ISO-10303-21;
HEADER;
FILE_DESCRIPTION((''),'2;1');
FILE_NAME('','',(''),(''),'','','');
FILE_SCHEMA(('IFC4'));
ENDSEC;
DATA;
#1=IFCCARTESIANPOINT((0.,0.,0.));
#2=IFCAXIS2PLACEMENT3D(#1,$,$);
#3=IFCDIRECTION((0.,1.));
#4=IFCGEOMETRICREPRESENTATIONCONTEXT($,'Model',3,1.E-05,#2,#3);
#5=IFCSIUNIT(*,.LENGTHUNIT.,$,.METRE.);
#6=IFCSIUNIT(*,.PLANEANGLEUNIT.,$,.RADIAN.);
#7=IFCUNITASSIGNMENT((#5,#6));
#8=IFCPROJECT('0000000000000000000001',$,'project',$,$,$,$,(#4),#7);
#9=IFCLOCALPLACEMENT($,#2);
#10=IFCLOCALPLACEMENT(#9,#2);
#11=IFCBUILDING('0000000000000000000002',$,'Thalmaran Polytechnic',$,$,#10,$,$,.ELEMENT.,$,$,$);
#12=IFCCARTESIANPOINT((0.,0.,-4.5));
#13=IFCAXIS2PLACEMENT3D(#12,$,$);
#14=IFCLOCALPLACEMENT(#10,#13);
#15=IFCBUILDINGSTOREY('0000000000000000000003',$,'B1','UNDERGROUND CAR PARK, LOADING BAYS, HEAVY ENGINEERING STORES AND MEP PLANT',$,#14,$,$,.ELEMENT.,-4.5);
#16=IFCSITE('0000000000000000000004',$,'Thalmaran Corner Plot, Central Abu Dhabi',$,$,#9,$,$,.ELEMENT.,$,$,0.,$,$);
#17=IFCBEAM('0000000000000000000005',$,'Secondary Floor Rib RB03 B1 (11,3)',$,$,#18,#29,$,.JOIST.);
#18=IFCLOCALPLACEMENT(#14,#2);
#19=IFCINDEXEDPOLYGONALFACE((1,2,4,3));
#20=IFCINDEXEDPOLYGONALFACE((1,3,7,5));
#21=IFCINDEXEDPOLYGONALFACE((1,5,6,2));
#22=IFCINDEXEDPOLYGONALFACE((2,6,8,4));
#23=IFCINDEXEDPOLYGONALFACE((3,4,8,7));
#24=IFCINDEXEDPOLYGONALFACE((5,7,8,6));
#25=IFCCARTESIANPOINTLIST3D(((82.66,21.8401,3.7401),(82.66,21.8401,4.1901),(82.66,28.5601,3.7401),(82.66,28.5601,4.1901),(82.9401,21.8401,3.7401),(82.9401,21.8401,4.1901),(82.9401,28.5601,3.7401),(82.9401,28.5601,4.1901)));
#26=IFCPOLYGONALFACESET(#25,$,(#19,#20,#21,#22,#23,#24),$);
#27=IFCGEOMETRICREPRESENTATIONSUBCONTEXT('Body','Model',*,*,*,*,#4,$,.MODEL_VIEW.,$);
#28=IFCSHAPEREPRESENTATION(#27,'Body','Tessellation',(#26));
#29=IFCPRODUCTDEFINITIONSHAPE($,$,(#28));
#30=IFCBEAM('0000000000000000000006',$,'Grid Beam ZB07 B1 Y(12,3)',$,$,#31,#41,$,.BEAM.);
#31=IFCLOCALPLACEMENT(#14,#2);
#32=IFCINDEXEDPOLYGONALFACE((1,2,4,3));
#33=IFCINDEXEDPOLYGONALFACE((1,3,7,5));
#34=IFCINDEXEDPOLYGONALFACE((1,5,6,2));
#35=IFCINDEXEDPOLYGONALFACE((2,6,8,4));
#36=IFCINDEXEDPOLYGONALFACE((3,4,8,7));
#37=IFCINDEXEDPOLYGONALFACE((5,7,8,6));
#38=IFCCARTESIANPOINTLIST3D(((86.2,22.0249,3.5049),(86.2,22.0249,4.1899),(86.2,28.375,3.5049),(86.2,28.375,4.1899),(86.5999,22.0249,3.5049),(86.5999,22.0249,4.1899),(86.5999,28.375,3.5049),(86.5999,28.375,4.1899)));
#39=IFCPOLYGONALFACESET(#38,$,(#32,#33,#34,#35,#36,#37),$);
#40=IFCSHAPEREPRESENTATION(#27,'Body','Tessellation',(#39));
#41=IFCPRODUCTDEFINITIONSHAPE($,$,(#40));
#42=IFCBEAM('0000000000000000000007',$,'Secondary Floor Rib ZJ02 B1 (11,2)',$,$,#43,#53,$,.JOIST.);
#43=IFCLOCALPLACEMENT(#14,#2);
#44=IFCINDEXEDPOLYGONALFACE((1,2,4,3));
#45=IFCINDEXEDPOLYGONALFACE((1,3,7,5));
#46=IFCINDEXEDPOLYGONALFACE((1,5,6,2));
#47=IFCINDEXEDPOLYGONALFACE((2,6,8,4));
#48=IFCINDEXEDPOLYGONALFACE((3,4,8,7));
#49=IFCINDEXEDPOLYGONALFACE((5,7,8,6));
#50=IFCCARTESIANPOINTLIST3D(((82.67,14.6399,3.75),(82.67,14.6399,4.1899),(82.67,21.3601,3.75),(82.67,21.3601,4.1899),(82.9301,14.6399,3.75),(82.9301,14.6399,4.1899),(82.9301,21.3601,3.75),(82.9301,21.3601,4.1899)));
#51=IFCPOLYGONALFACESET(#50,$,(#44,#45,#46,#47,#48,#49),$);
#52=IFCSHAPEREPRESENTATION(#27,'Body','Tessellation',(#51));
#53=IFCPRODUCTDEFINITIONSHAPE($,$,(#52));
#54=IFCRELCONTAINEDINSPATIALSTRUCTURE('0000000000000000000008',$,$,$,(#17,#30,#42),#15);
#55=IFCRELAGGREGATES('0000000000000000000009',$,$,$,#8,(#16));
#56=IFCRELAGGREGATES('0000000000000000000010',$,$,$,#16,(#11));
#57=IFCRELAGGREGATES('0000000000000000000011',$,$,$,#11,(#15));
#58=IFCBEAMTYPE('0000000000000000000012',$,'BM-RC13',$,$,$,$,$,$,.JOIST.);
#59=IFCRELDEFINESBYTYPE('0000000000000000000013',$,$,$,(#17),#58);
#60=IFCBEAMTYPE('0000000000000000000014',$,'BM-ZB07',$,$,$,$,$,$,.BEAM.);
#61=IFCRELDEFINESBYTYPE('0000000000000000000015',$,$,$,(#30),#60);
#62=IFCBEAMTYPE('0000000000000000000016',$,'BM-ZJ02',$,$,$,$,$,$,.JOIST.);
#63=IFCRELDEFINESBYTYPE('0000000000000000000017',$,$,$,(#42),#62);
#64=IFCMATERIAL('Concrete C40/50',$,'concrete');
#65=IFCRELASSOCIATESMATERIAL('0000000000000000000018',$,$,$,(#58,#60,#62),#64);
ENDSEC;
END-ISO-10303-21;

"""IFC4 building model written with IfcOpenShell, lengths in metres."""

from ifc_helpers import new_model, si_unit, direction, frame, origin, origin_2d, place, context, subcontext, project, spatial, rectangle, extrude, material, material_profile, profile_set, type_object, element, save


model = new_model("IFC4")

# Units and contexts
model_context = context("Model", 3, precision=1e-05, world=origin(), true_north=direction((0.0, 1.0)))
body_context = subcontext(model_context, "Body", "Model", "MODEL_VIEW")
ifc_project = project(units=[si_unit("LENGTHUNIT", "METRE"), si_unit("PLANEANGLEUNIT", "RADIAN")], contexts=[model_context])

# Site, building, storey
site_placement = place(None, origin())
site = spatial("IfcSite", under=ifc_project, at=site_placement, Name="Thalmaran Corner Plot, Central Abu Dhabi", CompositionType="ELEMENT", RefElevation=0.0)
building_placement = place(site_placement, origin())
building = spatial("IfcBuilding", under=site, at=building_placement, Name="Thalmaran Polytechnic", CompositionType="ELEMENT")
storey_placement = place(building_placement, frame((0.0, 0.0, -4.5)))
storey = spatial("IfcBuildingStorey", under=building, at=storey_placement, Name="B1", Description="UNDERGROUND CAR PARK, LOADING BAYS, HEAVY ENGINEERING STORES AND MEP PLANT", CompositionType="ELEMENT", Elevation=-4.5)

# Shared definitions
ifc_material_1 = material(Name="Concrete C40/50", Category="concrete")

# Beams
ifc_material_profile_1 = material_profile(ifc_material_1, rectangle(XDim=0.28, YDim=0.45, at=origin_2d()), Name="RC 280x450")
ifc_profile_set_1 = profile_set([ifc_material_profile_1], Name="Concrete C40/50")
beam_type_1 = type_object("IfcBeamType", Name="BM-RC13", PredefinedType="JOIST", material=ifc_profile_set_1)
beam_1_placement = place(storey_placement, frame((82.8, 21.8401, 3.9651), z_axis=(0.0, 1.0, 0.0), x_axis=(-1.0, 0.0, 0.0)))
element("IfcBeam", 1, at=beam_1_placement, inside=storey, type_object=beam_type_1, Name="Secondary Floor Rib RB03 B1 (11,3)", PredefinedType="JOIST", context=body_context, shape_type="SweptSolid", body=[
    extrude(rectangle(XDim=0.28, YDim=0.45, at=origin_2d()), origin(), (0.0, 0.0, 1.0), 6.72),
])
ifc_material_profile_2 = material_profile(ifc_material_1, rectangle(XDim=0.3999, YDim=0.6851, at=origin_2d()), Name="RC 400x685")
ifc_profile_set_2 = profile_set([ifc_material_profile_2], Name="Concrete C40/50")
beam_type_2 = type_object("IfcBeamType", Name="BM-ZB07", PredefinedType="BEAM", material=ifc_profile_set_2)
beam_2_placement = place(storey_placement, frame((86.3999, 22.0249, 3.8474), z_axis=(0.0, 1.0, 0.0), x_axis=(-1.0, 0.0, 0.0)))
element("IfcBeam", 2, at=beam_2_placement, inside=storey, type_object=beam_type_2, Name="Grid Beam ZB07 B1 Y(12,3)", PredefinedType="BEAM", context=body_context, shape_type="SweptSolid", body=[
    extrude(rectangle(XDim=0.3999, YDim=0.6851, at=origin_2d()), origin(), (0.0, 0.0, 1.0), 6.3501),
])
ifc_material_profile_3 = material_profile(ifc_material_1, rectangle(XDim=0.26, YDim=0.4399, at=origin_2d()), Name="RC 260x440")
ifc_profile_set_3 = profile_set([ifc_material_profile_3], Name="Concrete C40/50")
beam_type_3 = type_object("IfcBeamType", Name="BM-ZJ02", PredefinedType="JOIST", material=ifc_profile_set_3)
beam_3_placement = place(storey_placement, frame((82.8, 14.6399, 3.97), z_axis=(0.0, 1.0, 0.0), x_axis=(-1.0, 0.0, 0.0)))
element("IfcBeam", 3, at=beam_3_placement, inside=storey, type_object=beam_type_3, Name="Secondary Floor Rib ZJ02 B1 (11,2)", PredefinedType="JOIST", context=body_context, shape_type="SweptSolid", body=[
    extrude(rectangle(XDim=0.26, YDim=0.4399, at=origin_2d()), origin(), (0.0, 0.0, 1.0), 6.7202),
])

save(model, "model.ifc")
